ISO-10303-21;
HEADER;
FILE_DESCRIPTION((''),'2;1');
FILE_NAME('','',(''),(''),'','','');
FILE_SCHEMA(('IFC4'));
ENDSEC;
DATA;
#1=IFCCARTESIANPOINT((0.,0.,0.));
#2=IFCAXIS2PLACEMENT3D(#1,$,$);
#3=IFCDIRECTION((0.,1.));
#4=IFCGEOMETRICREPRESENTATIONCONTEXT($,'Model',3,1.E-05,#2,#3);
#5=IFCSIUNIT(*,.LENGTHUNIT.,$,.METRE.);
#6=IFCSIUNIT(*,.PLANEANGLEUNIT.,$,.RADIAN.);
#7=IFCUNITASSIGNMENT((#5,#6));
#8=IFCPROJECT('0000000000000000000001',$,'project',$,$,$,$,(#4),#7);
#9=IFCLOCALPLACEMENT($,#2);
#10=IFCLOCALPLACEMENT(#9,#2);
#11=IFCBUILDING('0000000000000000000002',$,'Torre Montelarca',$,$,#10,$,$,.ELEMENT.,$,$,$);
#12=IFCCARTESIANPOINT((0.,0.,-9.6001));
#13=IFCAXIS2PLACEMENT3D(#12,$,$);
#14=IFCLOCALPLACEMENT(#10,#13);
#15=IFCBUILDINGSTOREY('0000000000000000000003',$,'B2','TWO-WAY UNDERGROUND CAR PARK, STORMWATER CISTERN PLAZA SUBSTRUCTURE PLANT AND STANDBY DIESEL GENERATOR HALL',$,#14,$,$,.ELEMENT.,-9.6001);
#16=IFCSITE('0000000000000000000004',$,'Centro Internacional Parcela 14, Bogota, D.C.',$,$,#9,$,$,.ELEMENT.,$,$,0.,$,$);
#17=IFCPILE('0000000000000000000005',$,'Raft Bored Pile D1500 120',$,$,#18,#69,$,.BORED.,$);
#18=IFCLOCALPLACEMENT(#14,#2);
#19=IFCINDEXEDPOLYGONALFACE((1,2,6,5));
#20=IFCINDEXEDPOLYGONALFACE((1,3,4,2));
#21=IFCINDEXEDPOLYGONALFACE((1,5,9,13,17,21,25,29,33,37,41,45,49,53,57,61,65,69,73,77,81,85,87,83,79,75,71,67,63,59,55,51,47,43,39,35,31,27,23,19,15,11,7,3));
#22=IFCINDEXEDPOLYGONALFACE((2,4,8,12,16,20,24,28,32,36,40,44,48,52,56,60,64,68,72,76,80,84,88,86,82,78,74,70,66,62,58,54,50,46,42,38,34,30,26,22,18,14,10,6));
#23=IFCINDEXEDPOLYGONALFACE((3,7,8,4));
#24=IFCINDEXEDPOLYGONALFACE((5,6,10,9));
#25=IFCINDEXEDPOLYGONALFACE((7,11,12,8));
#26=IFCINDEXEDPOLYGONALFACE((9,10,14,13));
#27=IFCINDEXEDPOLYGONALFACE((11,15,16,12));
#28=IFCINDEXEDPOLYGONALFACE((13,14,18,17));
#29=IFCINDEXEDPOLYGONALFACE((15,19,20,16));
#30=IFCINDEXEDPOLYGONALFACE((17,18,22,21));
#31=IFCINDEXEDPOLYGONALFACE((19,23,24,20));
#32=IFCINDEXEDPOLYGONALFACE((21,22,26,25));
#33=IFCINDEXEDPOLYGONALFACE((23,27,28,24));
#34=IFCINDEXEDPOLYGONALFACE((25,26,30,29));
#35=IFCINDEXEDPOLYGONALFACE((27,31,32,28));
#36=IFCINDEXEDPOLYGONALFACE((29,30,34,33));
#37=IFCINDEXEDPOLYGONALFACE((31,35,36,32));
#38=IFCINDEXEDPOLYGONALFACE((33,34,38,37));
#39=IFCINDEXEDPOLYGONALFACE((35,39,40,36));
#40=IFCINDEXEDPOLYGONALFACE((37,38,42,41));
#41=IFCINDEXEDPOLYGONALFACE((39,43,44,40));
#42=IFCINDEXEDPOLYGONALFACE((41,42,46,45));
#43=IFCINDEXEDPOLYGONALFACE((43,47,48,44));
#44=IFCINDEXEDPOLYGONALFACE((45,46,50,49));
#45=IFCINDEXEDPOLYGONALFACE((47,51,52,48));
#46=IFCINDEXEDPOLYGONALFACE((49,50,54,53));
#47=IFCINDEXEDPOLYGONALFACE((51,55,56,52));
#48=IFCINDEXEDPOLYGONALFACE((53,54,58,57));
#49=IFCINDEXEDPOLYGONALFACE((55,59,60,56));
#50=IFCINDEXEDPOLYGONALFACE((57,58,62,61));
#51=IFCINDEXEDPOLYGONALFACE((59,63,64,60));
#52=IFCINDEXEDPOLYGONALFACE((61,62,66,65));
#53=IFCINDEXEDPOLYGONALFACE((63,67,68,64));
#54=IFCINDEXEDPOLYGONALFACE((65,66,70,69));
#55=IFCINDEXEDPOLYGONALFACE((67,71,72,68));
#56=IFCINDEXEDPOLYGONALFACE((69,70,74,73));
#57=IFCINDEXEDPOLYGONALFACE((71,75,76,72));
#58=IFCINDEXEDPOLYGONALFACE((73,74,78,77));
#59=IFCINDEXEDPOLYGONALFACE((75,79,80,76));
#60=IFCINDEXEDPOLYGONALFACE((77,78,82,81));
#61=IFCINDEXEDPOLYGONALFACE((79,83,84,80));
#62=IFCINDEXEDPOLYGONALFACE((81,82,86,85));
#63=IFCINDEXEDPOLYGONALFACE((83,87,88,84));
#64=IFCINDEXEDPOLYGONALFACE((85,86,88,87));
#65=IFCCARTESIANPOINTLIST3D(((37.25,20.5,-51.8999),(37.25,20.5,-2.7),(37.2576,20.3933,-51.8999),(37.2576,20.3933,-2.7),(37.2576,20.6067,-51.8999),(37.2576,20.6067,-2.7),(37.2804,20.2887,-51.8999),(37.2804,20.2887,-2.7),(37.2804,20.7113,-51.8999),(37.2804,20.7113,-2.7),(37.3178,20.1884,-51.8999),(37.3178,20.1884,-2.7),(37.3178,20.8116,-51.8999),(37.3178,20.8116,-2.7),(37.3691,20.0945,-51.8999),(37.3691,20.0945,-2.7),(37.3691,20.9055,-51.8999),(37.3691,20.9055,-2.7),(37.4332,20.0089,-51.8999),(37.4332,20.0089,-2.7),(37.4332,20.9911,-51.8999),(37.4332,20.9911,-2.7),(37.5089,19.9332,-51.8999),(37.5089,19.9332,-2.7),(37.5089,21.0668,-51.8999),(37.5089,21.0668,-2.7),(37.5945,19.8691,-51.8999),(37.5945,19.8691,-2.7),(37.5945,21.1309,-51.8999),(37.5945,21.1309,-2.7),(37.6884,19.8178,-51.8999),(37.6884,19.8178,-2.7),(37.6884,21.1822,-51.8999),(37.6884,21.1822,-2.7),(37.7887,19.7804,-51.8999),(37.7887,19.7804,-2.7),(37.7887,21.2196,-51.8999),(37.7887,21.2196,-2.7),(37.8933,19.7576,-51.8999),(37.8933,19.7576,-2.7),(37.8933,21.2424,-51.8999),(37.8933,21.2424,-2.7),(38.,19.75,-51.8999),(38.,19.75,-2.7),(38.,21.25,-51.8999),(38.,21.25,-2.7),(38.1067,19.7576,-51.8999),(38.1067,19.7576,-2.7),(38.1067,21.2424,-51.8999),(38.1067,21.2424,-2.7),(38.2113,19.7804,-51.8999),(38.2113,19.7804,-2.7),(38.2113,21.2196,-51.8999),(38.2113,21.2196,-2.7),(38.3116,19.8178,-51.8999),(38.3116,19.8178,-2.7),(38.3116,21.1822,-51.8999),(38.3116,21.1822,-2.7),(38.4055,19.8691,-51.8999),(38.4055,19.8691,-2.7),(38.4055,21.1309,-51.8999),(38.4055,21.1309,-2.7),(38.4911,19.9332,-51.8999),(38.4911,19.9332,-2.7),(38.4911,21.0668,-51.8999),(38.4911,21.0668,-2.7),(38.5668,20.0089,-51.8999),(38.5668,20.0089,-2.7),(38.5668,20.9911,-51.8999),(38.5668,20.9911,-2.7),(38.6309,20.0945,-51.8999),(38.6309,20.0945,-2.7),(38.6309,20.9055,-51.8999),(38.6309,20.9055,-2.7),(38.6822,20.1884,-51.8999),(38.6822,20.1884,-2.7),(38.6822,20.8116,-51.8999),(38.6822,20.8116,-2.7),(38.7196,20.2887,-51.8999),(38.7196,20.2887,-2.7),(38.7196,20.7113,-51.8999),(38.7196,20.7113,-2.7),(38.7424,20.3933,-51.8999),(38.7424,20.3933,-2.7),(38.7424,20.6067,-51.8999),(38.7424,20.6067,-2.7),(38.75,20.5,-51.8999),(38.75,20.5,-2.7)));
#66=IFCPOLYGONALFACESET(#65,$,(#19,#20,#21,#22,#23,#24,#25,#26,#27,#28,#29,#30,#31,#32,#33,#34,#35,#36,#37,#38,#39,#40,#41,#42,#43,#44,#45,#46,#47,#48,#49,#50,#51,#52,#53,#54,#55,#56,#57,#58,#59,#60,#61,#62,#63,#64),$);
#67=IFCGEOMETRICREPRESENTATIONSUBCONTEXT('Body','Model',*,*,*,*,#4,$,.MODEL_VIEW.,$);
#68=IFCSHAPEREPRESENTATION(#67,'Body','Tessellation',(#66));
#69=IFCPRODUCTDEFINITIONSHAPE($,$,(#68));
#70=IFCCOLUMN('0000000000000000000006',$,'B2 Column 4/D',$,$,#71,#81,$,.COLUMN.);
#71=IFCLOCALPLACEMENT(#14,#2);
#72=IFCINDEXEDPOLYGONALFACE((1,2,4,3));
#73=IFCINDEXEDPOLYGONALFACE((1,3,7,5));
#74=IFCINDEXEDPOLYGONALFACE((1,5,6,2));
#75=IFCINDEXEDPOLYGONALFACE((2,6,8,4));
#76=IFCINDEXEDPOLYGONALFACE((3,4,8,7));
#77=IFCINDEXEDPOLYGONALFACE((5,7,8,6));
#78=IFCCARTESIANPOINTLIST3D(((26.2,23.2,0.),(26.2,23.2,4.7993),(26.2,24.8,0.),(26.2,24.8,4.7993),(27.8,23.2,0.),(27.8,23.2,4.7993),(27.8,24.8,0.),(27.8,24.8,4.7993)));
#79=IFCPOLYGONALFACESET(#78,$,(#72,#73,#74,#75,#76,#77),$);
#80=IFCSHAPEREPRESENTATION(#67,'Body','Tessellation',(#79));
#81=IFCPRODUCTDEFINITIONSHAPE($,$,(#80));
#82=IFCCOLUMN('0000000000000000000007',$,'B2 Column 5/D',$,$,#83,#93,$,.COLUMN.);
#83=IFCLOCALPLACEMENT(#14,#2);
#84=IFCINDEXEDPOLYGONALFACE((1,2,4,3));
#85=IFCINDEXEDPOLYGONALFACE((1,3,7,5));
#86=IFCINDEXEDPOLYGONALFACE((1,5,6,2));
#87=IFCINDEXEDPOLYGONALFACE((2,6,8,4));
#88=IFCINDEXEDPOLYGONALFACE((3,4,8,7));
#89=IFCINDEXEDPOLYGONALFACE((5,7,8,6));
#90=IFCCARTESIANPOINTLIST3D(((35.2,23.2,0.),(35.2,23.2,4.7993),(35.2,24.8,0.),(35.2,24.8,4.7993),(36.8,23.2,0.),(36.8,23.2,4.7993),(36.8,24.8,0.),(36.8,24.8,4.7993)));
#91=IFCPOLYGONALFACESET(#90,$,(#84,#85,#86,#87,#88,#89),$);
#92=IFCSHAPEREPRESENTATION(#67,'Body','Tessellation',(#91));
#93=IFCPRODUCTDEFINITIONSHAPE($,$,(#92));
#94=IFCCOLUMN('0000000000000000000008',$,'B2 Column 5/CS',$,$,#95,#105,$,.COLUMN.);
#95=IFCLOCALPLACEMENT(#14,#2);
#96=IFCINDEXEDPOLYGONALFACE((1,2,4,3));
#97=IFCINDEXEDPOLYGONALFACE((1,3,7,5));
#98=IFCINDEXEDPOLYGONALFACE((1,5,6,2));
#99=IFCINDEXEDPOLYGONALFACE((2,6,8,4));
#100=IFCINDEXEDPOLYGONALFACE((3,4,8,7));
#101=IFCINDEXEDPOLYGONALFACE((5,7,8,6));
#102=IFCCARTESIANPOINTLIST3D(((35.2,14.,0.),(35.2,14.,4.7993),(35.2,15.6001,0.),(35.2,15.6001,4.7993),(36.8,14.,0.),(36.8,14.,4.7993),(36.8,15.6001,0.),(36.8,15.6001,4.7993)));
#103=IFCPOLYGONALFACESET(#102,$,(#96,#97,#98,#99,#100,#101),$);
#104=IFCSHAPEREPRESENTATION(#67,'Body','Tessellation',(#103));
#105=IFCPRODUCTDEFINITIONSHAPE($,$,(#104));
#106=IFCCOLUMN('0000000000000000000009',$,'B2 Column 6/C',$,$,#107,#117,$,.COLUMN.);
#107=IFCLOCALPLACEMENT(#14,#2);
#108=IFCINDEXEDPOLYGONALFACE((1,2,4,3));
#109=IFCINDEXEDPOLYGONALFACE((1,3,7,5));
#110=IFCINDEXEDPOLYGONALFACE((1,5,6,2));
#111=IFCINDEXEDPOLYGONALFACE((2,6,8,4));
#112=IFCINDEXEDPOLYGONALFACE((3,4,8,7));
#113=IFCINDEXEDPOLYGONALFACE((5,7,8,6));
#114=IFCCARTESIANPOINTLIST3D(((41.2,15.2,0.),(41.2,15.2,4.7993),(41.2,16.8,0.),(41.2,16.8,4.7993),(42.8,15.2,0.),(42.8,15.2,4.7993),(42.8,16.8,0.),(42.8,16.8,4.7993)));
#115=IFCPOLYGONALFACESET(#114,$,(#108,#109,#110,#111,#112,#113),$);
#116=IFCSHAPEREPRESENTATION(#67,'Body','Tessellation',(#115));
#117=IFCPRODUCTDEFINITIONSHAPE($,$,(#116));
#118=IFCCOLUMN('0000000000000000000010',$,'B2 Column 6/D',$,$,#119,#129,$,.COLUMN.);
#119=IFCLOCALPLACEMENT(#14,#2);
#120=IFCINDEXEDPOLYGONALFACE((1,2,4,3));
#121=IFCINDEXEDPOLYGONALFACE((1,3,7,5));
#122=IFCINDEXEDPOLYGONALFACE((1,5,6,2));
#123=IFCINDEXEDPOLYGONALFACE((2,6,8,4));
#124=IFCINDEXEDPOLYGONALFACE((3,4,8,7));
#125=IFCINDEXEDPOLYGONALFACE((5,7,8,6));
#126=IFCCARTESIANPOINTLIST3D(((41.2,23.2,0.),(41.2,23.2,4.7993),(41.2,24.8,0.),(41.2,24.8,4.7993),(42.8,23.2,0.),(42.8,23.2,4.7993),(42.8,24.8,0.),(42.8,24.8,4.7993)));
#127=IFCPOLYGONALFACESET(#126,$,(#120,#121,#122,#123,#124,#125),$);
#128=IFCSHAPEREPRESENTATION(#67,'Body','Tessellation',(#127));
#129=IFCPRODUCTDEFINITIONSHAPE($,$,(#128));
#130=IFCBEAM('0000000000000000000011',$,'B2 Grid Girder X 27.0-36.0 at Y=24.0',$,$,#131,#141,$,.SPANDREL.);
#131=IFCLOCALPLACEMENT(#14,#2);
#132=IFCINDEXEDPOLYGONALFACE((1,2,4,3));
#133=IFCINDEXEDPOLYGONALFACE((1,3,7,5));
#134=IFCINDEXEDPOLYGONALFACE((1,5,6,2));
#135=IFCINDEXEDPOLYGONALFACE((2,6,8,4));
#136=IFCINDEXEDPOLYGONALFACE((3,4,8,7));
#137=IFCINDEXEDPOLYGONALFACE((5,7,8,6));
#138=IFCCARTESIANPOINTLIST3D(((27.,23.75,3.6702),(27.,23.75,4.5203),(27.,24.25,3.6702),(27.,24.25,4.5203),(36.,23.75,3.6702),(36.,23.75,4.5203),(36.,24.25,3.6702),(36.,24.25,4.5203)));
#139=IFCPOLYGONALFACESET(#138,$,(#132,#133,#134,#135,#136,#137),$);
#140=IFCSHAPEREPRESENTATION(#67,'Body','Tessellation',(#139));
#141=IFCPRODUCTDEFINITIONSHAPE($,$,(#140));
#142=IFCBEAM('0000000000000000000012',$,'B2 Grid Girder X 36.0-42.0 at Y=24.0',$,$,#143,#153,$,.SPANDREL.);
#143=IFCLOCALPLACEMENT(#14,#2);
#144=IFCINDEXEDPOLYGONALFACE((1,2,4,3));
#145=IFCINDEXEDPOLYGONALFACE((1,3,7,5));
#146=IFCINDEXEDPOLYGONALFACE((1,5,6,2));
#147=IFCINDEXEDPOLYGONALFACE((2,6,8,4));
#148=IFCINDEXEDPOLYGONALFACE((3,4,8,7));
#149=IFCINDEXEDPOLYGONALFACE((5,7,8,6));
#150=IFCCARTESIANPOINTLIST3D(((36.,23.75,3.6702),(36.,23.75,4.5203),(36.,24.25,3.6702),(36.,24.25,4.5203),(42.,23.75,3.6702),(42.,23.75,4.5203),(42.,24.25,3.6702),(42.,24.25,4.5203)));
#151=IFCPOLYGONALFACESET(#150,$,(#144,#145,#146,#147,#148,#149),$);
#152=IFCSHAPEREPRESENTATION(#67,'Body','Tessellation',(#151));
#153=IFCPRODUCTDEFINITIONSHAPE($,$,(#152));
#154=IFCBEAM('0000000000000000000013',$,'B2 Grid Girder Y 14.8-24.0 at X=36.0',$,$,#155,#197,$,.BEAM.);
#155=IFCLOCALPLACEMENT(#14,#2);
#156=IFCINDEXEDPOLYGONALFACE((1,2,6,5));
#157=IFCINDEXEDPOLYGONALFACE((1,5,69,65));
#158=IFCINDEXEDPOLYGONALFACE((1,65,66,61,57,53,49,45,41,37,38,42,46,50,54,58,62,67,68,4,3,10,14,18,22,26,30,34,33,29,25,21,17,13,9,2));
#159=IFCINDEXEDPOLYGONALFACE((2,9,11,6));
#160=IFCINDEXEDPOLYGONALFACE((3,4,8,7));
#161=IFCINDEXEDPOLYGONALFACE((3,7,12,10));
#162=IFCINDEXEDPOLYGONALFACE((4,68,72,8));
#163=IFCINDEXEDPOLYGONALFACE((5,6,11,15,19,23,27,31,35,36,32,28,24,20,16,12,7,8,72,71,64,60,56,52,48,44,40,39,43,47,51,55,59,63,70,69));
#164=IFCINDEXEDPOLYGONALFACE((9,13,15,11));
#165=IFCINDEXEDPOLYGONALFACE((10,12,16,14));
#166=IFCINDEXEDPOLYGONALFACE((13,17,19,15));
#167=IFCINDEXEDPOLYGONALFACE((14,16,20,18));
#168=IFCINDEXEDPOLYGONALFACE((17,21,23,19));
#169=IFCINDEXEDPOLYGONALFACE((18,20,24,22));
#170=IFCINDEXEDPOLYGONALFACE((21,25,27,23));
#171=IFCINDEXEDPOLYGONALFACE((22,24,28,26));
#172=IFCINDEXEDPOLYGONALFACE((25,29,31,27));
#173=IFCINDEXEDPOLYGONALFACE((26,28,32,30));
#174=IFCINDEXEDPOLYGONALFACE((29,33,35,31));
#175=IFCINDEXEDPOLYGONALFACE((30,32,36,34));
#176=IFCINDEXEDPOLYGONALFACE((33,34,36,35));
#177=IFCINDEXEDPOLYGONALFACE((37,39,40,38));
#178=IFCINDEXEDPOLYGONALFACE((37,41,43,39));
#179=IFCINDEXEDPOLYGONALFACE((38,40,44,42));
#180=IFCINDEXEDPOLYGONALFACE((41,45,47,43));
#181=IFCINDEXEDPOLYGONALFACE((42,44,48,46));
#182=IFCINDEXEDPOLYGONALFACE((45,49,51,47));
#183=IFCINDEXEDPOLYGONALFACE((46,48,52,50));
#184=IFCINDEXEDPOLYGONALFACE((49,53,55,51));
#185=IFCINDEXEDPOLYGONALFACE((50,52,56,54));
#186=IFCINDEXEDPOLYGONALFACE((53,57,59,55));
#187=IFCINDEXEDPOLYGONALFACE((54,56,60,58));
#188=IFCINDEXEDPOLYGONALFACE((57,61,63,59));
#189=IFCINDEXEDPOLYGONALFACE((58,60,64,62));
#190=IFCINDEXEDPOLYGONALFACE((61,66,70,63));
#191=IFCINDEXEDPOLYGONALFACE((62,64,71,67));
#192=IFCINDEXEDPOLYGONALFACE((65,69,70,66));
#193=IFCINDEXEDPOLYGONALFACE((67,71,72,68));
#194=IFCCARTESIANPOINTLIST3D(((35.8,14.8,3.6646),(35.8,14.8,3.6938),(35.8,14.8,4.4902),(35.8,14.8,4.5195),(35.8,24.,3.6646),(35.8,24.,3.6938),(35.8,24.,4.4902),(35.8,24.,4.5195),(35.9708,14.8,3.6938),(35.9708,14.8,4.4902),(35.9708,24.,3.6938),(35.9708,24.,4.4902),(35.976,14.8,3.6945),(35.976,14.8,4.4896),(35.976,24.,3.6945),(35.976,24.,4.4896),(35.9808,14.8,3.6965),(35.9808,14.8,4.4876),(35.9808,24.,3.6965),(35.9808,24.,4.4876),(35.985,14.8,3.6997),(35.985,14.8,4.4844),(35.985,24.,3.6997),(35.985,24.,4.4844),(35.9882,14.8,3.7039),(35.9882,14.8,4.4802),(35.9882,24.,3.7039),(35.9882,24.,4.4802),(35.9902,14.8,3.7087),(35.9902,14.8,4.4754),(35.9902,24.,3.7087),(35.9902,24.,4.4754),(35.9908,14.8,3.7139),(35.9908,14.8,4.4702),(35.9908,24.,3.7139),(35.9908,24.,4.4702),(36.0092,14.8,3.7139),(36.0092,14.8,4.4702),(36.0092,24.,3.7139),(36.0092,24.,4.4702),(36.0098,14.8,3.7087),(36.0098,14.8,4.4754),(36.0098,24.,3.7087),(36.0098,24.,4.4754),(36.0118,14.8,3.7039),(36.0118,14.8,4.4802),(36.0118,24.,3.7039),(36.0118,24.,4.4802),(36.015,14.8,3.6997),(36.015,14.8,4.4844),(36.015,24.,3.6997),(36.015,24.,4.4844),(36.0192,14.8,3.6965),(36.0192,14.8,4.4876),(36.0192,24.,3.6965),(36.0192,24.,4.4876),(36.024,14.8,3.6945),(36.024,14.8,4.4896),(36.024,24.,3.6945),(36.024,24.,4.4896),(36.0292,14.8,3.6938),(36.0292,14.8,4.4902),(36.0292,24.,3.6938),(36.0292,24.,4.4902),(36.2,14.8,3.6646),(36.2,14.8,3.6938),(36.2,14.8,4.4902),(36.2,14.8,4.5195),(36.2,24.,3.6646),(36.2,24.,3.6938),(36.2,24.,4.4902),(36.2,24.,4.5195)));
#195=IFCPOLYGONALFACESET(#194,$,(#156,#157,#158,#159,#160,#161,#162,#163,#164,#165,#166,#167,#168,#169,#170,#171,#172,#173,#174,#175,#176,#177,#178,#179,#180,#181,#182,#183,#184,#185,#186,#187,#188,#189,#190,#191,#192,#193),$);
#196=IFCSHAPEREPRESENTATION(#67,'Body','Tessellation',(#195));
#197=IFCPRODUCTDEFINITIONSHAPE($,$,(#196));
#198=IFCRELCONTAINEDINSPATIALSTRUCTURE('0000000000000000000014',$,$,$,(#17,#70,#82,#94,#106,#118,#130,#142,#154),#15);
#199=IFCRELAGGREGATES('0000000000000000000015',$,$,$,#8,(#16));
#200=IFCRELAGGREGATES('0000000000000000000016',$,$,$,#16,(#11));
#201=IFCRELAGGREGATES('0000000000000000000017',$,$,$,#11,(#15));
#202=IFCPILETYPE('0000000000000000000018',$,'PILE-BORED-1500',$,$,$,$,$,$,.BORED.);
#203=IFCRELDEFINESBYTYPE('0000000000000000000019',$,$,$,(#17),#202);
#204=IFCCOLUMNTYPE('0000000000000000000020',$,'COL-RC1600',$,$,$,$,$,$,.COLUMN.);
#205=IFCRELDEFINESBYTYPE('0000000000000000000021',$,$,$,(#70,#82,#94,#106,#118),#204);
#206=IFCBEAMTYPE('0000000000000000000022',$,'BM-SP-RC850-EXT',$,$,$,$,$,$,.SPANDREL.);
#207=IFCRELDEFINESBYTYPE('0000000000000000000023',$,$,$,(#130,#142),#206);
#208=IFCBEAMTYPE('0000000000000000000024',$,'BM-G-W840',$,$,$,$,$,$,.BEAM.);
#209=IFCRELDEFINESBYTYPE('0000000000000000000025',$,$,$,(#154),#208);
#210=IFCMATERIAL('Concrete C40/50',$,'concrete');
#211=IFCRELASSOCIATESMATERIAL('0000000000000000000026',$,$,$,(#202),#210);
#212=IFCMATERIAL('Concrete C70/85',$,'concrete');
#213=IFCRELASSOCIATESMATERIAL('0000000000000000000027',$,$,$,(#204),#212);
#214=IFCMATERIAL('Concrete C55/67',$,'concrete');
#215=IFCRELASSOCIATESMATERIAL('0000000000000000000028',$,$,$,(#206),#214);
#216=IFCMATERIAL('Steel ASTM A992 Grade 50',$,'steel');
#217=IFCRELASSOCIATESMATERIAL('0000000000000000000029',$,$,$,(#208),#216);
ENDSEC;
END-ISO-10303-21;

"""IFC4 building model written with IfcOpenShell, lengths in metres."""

from ifc_helpers import new_model, si_unit, direction, frame, origin, origin_2d, place, context, subcontext, project, spatial, rectangle, circle, i_section, extrude, source, transform, mapped, material, material_profile, profile_set, type_object, element, save


model = new_model("IFC4")

# Units and contexts
model_context = context("Model", 3, precision=1e-05, world=origin(), true_north=direction((0.0, 1.0)))
body_context = subcontext(model_context, "Body", "Model", "MODEL_VIEW")
ifc_project = project(units=[si_unit("LENGTHUNIT", "METRE"), si_unit("PLANEANGLEUNIT", "RADIAN")], contexts=[model_context])

# Site, building, storey
site_placement = place(None, origin())
site = spatial("IfcSite", under=ifc_project, at=site_placement, Name="Centro Internacional Parcela 14, Bogota, D.C.", CompositionType="ELEMENT", RefElevation=0.0)
building_placement = place(site_placement, origin())
building = spatial("IfcBuilding", under=site, at=building_placement, Name="Torre Montelarca", CompositionType="ELEMENT")
storey_placement = place(building_placement, frame((0.0, 0.0, -9.6001)))
storey = spatial("IfcBuildingStorey", under=building, at=storey_placement, Name="B2", Description="TWO-WAY UNDERGROUND CAR PARK, STORMWATER CISTERN PLAZA SUBSTRUCTURE PLANT AND STANDBY DIESEL GENERATOR HALL", CompositionType="ELEMENT", Elevation=-9.6001)

# Pile
ifc_material_1 = material(Name="Concrete C40/50", Category="concrete")
ifc_material_profile_1 = material_profile(ifc_material_1, circle(Radius=0.75, at=origin_2d()), Name="PILE-D1500", Category="concrete")
ifc_profile_set_1 = profile_set([ifc_material_profile_1], Name="Concrete C40/50")
pile_type = type_object("IfcPileType", Name="PILE-BORED-1500", PredefinedType="BORED", material=ifc_profile_set_1)
shared_shape_1 = source(origin(), body_context, "Body", "SweptSolid", [
    extrude(circle(Radius=0.75, at=origin_2d()), origin(), (0.0, 0.0, 1.0), 49.2),
])
for number, where, z_axis, x_axis, name in (
    (1, (38.0, 20.5, -2.7), (0.0, 0.0, -1.0), (1.0, 0.0, 0.0), "Raft Bored Pile D1500 120"),
):
    element("IfcPile", number, at=place(storey_placement, frame(where, z_axis=z_axis, x_axis=x_axis)), inside=storey, type_object=pile_type, Name=name, PredefinedType="BORED", context=body_context, shape_type="MappedRepresentation", body=[
        mapped(shared_shape_1, transform((0.0, 0.0, 0.0), scale=1.0)),
    ])

# Columns
ifc_material_2 = material(Name="Concrete C70/85", Category="concrete")
ifc_material_profile_2 = material_profile(ifc_material_2, rectangle(XDim=1.6001, YDim=1.6001, at=origin_2d()), Name="RC1600X1600", Category="concrete")
ifc_profile_set_2 = profile_set([ifc_material_profile_2], Name="Concrete C70/85")
column_type = type_object("IfcColumnType", Name="COL-RC1600", PredefinedType="COLUMN", material=ifc_profile_set_2)
shared_shape_2 = source(origin(), body_context, "Body", "SweptSolid", [
    extrude(rectangle(XDim=1.6001, YDim=1.6001, at=origin_2d()), origin(), (0.0, 0.0, 1.0), 4.7993),
])
for number, where, z_axis, x_axis, name in (
    (2, (27.0, 24.0, 0.0), (0.0, 0.0, 1.0), (1.0, 0.0, 0.0), "B2 Column 4/D"),
    (3, (36.0, 24.0, 0.0), (0.0, 0.0, 1.0), (1.0, 0.0, 0.0), "B2 Column 5/D"),
    (4, (36.0, 14.8, 0.0), (0.0, 0.0, 1.0), (1.0, 0.0, 0.0), "B2 Column 5/CS"),
    (5, (42.0, 16.0, 0.0), (0.0, 0.0, 1.0), (1.0, 0.0, 0.0), "B2 Column 6/C"),
    (6, (42.0, 24.0, 0.0), (0.0, 0.0, 1.0), (1.0, 0.0, 0.0), "B2 Column 6/D"),
):
    element("IfcColumn", number, at=place(storey_placement, frame(where, z_axis=z_axis, x_axis=x_axis)), inside=storey, type_object=column_type, Name=name, PredefinedType="COLUMN", context=body_context, shape_type="MappedRepresentation", body=[
        mapped(shared_shape_2, transform((0.0, 0.0, 0.0), scale=1.0)),
    ])

# Beams
ifc_material_3 = material(Name="Concrete C55/67", Category="concrete")
ifc_material_profile_3 = material_profile(ifc_material_3, rectangle(XDim=0.5, YDim=0.8501, at=origin_2d()), Name="RCB500X850", Category="concrete")
ifc_profile_set_3 = profile_set([ifc_material_profile_3], Name="Concrete C55/67")
beam_type_1 = type_object("IfcBeamType", Name="BM-SP-RC850-EXT", PredefinedType="SPANDREL", material=ifc_profile_set_3)
shared_shape_3 = source(origin(), body_context, "Body", "SweptSolid", [
    extrude(rectangle(XDim=0.5, YDim=0.8501, at=origin_2d()), origin(), (0.0, 0.0, 1.0), 9.0),
])
beam_1_placement = place(storey_placement, frame((27.0, 24.0, 4.0952), z_axis=(1.0, 0.0, 0.0), x_axis=(0.0, 1.0, 0.0)))
element("IfcBeam", 7, at=beam_1_placement, inside=storey, type_object=beam_type_1, Name="B2 Grid Girder X 27.0-36.0 at Y=24.0", PredefinedType="SPANDREL", context=body_context, shape_type="MappedRepresentation", body=[
    mapped(shared_shape_3, transform((0.0, 0.0, 0.0), scale=1.0)),
])
shared_shape_4 = source(origin(), body_context, "Body", "SweptSolid", [
    extrude(rectangle(XDim=0.5, YDim=0.8501, at=origin_2d()), origin(), (0.0, 0.0, 1.0), 6.0),
])
beam_2_placement = place(storey_placement, frame((36.0, 24.0, 4.0952), z_axis=(1.0, 0.0, 0.0), x_axis=(0.0, 1.0, 0.0)))
element("IfcBeam", 8, at=beam_2_placement, inside=storey, type_object=beam_type_1, Name="B2 Grid Girder X 36.0-42.0 at Y=24.0", PredefinedType="SPANDREL", context=body_context, shape_type="MappedRepresentation", body=[
    mapped(shared_shape_4, transform((0.0, 0.0, 0.0), scale=1.0)),
])
ifc_material_4 = material(Name="Steel ASTM A992 Grade 50", Category="steel")
ifc_material_profile_4 = material_profile(ifc_material_4, i_section(OverallWidth=0.3999, OverallDepth=0.855, WebThickness=0.0183, FlangeThickness=0.0293, FilletRadius=0.02, at=origin_2d()), Name="W840X299", Category="steel")
ifc_profile_set_4 = profile_set([ifc_material_profile_4], Name="Steel ASTM A992 Grade 50")
beam_type_2 = type_object("IfcBeamType", Name="BM-G-W840", PredefinedType="BEAM", material=ifc_profile_set_4)
shared_shape_5 = source(origin(), body_context, "Body", "SweptSolid", [
    extrude(i_section(OverallWidth=0.3999, OverallDepth=0.855, WebThickness=0.0183, FlangeThickness=0.0293, FilletRadius=0.02, at=origin_2d()), origin(), (0.0, 0.0, 1.0), 9.2),
])
beam_3_placement = place(storey_placement, frame((36.0, 14.8, 4.092), z_axis=(0.0, 1.0, 0.0), x_axis=(-1.0, 0.0, 0.0)))
element("IfcBeam", 9, at=beam_3_placement, inside=storey, type_object=beam_type_2, Name="B2 Grid Girder Y 14.8-24.0 at X=36.0", PredefinedType="BEAM", context=body_context, shape_type="MappedRepresentation", body=[
    mapped(shared_shape_5, transform((0.0, 0.0, 0.0), scale=1.0)),
])

save(model, "model.ifc")
